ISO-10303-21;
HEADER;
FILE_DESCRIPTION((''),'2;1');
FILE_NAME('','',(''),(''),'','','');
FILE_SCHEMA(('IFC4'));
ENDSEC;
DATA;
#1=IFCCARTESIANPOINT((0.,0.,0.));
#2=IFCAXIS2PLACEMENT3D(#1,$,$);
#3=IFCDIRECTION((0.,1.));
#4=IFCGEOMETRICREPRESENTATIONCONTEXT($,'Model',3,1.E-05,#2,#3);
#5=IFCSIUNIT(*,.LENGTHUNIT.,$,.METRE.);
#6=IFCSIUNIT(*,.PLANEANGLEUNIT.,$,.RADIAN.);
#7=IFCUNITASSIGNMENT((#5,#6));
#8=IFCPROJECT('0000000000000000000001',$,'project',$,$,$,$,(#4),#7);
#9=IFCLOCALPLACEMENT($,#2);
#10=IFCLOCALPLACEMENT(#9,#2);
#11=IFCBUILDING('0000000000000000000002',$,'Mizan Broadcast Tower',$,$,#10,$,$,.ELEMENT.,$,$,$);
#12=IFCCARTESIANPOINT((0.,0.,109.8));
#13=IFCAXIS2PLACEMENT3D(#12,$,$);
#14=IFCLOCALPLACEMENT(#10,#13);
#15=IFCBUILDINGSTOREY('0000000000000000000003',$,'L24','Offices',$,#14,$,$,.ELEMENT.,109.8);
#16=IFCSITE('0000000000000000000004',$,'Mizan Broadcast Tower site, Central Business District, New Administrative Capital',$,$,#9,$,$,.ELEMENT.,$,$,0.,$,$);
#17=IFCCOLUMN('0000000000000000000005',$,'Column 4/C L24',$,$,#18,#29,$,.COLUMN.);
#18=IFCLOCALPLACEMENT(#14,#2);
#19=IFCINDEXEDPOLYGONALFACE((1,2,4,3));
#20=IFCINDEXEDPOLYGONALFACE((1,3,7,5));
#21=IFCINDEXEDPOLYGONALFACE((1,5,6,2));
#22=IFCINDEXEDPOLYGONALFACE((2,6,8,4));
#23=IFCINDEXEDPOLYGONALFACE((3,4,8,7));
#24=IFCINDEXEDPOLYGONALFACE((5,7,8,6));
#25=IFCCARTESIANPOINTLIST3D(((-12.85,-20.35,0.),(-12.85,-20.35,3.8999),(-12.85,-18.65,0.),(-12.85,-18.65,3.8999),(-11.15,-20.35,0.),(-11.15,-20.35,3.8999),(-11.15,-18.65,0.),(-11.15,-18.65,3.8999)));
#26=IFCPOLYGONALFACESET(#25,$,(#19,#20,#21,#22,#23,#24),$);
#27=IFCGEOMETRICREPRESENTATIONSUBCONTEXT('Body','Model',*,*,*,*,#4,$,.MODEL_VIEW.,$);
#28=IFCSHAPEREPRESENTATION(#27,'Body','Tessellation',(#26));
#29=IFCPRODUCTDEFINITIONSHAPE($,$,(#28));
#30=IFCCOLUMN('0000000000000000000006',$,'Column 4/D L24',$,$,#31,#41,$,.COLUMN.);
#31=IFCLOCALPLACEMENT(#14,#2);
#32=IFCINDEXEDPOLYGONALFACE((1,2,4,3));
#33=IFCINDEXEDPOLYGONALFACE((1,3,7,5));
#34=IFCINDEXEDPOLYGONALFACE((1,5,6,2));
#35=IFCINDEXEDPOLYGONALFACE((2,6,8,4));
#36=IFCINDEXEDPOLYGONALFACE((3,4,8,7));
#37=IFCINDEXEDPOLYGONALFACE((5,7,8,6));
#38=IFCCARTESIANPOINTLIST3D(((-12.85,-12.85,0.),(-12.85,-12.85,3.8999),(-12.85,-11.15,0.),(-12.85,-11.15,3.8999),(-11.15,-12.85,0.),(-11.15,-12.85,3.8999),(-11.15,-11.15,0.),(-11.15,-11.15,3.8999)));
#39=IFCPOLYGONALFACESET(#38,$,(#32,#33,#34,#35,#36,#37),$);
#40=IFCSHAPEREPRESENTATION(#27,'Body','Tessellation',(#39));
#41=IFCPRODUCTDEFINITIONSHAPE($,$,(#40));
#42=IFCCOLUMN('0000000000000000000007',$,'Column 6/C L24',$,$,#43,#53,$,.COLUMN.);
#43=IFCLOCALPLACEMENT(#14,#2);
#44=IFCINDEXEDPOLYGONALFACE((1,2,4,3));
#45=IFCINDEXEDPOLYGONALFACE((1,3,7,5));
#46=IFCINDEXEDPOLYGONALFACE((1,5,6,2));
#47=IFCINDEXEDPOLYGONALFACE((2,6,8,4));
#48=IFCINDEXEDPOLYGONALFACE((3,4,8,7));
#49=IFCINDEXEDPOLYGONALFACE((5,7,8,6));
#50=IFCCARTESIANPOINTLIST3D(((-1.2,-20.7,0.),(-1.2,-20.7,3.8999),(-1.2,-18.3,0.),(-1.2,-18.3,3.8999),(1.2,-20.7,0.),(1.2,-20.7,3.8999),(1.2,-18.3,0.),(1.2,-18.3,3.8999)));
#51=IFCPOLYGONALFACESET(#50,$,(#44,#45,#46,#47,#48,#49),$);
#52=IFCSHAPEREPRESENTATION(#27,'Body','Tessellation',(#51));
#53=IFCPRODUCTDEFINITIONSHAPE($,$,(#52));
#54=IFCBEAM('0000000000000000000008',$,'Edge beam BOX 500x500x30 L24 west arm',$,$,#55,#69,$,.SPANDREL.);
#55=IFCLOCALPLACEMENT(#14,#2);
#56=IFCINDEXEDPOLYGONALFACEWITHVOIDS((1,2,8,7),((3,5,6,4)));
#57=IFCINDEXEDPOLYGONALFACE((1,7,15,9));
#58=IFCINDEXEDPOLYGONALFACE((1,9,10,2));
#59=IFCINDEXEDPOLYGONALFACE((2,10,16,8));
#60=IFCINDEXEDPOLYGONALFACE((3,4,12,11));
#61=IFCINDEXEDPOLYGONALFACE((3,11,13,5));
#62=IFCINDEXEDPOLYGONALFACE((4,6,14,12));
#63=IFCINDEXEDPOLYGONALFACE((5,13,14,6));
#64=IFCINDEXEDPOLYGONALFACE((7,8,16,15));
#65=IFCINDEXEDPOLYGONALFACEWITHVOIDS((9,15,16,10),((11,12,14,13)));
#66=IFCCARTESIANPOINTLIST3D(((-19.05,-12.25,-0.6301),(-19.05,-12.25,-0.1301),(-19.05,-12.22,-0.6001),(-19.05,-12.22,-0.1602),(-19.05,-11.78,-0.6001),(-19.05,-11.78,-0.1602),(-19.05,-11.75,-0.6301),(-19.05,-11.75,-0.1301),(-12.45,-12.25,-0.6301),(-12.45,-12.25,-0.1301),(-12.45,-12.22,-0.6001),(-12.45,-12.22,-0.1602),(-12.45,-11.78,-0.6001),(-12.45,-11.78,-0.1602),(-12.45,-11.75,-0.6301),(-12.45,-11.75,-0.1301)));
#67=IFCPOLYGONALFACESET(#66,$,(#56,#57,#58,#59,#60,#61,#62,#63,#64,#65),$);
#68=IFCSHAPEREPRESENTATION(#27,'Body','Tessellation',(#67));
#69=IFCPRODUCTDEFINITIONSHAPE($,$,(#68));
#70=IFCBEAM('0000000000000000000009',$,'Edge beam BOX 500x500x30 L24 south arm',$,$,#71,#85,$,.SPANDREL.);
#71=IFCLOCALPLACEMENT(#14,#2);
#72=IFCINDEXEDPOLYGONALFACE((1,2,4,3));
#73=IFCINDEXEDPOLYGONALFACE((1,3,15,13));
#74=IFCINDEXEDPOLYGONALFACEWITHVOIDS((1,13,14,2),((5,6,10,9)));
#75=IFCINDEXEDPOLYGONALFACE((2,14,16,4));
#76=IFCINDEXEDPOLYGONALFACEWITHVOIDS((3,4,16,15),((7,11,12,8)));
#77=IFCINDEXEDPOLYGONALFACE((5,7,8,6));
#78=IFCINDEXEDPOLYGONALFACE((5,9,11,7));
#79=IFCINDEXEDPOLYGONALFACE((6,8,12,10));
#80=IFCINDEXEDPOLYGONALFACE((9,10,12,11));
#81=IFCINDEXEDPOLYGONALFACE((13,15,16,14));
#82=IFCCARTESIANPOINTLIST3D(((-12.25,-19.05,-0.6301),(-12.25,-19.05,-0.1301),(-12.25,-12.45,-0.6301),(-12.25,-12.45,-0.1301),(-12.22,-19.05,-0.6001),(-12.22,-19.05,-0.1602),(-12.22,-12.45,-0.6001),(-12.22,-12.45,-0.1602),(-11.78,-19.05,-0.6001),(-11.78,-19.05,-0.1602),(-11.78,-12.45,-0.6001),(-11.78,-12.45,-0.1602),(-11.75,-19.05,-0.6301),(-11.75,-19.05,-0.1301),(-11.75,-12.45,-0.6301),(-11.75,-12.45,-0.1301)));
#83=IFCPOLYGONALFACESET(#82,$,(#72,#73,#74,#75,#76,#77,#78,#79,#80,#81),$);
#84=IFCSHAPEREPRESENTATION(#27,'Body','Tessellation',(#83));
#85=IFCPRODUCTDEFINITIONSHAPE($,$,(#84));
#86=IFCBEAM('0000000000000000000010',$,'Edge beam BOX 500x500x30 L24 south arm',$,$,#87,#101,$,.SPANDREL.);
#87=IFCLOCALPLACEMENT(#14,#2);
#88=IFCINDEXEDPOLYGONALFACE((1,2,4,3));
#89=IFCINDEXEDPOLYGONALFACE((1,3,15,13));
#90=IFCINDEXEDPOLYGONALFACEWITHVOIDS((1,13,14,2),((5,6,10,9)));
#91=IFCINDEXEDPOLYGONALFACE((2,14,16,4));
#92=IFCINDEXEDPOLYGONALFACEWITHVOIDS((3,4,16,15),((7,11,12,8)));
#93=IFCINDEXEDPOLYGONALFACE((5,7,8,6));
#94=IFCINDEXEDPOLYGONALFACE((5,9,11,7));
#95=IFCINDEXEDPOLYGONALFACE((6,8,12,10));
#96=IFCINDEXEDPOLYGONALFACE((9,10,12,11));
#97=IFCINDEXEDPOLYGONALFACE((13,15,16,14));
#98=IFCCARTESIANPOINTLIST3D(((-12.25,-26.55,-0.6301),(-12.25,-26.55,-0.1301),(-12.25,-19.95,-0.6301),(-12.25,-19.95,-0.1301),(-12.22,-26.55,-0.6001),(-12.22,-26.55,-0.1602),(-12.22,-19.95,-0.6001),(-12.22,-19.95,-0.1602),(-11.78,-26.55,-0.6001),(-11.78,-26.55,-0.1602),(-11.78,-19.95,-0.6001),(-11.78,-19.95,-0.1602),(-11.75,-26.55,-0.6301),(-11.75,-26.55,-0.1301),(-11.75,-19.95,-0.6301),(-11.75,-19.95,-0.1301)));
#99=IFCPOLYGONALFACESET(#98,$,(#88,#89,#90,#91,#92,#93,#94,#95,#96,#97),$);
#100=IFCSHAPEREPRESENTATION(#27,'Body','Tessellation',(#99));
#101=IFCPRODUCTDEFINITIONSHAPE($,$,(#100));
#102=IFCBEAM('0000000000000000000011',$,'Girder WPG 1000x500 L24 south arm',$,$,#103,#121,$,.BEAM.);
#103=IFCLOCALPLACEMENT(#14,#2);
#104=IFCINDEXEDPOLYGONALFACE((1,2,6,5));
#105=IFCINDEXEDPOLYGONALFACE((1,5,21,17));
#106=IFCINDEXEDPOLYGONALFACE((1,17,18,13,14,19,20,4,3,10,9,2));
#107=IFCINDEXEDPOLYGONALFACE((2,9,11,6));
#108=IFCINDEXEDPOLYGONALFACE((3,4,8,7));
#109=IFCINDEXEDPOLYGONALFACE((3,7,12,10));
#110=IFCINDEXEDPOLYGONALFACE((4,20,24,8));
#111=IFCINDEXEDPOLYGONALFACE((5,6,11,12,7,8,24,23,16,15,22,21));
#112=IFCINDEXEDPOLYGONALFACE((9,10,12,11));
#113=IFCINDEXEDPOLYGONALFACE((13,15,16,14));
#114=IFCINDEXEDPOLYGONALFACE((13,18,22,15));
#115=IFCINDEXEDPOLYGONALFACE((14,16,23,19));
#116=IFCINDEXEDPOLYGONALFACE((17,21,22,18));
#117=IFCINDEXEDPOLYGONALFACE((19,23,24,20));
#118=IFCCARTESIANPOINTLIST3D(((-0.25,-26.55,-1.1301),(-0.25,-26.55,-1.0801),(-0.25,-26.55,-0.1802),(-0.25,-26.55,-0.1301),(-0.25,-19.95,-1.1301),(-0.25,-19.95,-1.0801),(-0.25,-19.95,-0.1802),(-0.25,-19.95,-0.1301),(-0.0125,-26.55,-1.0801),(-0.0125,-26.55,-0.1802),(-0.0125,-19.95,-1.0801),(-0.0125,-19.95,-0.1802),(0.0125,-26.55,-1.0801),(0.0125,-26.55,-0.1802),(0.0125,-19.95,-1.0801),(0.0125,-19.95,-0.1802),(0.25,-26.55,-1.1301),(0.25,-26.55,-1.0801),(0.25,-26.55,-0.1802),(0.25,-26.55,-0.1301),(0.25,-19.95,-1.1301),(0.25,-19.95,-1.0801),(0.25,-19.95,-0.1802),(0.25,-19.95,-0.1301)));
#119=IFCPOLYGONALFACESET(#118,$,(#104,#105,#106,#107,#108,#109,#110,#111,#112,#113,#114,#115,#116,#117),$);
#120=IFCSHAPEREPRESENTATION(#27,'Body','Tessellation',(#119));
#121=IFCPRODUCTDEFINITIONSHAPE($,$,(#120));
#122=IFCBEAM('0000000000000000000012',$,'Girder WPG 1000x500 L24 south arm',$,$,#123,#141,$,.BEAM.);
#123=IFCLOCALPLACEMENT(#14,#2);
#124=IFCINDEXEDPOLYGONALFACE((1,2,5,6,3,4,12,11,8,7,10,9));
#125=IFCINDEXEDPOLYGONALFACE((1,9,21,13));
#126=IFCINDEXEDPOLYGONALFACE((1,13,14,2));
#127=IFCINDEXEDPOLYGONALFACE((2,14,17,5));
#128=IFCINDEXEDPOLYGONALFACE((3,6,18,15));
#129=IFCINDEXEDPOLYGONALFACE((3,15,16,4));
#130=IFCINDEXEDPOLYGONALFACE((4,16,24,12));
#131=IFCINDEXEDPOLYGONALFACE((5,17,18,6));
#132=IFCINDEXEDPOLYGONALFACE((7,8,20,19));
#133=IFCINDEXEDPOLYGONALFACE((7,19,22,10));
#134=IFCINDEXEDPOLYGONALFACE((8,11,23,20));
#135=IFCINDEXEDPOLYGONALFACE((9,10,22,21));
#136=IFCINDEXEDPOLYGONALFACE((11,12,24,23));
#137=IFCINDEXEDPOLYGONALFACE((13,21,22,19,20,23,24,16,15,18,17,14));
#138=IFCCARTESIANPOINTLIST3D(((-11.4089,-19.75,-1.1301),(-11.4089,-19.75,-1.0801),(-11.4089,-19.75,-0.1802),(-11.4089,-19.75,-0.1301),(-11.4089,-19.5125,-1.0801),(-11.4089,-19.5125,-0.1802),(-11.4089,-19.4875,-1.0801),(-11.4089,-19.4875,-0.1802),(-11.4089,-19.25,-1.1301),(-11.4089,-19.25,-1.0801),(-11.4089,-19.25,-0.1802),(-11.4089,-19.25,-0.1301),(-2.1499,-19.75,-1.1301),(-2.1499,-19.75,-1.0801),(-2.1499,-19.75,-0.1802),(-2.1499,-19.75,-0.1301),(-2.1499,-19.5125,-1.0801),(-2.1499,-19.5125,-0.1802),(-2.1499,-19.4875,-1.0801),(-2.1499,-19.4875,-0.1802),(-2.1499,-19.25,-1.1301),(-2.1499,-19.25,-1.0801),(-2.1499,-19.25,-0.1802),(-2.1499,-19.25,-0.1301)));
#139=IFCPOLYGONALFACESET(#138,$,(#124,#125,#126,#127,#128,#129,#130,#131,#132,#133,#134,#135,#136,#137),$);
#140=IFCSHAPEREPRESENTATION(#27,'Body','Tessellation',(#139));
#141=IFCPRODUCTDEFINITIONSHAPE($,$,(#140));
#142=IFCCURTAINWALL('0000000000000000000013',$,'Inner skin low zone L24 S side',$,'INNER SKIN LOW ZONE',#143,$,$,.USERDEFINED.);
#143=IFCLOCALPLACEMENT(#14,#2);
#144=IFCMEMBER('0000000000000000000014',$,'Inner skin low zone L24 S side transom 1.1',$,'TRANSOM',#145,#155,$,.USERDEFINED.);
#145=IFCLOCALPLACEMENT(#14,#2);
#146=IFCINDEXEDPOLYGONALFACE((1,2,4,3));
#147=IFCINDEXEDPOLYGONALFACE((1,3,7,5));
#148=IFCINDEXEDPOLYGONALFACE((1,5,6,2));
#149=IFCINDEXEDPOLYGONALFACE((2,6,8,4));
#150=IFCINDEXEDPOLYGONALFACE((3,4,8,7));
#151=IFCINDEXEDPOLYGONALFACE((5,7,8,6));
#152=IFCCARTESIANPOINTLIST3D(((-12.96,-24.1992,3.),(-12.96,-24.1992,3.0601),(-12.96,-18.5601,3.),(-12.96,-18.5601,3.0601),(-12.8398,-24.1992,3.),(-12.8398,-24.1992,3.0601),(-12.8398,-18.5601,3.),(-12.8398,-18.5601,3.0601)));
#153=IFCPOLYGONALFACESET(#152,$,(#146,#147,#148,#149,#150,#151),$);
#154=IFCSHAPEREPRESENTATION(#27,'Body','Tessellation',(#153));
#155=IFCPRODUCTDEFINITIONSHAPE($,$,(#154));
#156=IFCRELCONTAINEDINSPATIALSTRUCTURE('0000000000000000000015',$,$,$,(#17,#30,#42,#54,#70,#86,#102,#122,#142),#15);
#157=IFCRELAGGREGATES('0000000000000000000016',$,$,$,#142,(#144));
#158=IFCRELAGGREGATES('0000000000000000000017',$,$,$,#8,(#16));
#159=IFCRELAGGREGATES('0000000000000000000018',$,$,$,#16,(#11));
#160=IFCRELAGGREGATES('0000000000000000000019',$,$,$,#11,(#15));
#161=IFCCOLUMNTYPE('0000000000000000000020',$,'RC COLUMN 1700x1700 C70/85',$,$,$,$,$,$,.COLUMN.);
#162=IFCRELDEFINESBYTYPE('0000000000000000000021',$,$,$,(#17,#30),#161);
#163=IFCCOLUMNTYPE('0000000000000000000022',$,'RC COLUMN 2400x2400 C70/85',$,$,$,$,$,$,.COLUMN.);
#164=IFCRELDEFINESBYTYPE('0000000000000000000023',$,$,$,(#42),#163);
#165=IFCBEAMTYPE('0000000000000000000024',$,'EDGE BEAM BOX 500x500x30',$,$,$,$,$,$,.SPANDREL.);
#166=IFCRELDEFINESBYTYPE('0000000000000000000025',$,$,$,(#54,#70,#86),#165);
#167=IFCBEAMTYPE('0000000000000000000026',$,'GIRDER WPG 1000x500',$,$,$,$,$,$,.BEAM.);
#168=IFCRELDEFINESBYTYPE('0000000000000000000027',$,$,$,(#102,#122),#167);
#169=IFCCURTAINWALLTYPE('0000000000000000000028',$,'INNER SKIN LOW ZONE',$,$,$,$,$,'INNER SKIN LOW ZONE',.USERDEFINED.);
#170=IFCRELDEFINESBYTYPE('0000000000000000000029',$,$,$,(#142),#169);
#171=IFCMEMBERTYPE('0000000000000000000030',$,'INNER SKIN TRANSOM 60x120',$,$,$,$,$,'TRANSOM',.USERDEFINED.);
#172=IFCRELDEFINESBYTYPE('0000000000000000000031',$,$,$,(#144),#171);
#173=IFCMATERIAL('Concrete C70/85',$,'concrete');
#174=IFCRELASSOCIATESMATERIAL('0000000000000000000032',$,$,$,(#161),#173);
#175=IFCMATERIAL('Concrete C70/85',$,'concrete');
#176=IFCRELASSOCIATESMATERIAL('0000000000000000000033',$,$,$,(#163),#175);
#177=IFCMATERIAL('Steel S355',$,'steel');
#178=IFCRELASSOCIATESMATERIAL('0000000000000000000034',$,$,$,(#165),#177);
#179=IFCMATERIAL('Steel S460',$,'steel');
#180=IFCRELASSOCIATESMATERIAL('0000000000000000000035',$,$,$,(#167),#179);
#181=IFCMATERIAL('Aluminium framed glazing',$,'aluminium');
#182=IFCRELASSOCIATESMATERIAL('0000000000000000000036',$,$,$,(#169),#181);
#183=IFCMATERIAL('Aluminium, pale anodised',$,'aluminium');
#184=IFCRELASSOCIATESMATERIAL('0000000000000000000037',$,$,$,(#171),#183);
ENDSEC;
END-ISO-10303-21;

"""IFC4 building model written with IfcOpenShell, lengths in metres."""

from ifc_helpers import new_model, si_unit, direction, frame, origin, origin_2d, place, context, subcontext, project, spatial, rectangle, hollow_rectangle, i_section, extrude, material, material_profile, profile_set, type_object, element, aggregate, save


model = new_model("IFC4")

# Units and contexts
model_context = context("Model", 3, precision=1e-05, world=origin(), true_north=direction((0.0, 1.0)))
body_context = subcontext(model_context, "Body", "Model", "MODEL_VIEW")
ifc_project = project(units=[si_unit("LENGTHUNIT", "METRE"), si_unit("PLANEANGLEUNIT", "RADIAN")], contexts=[model_context])

# Site, building, storey
site_placement = place(None, origin())
site = spatial("IfcSite", under=ifc_project, at=site_placement, Name="Mizan Broadcast Tower site, Central Business District, New Administrative Capital", CompositionType="ELEMENT", RefElevation=0.0)
building_placement = place(site_placement, origin())
building = spatial("IfcBuilding", under=site, at=building_placement, Name="Mizan Broadcast Tower", CompositionType="ELEMENT")
storey_placement = place(building_placement, frame((0.0, 0.0, 109.8)))
storey = spatial("IfcBuildingStorey", under=building, at=storey_placement, Name="L24", Description="Offices", CompositionType="ELEMENT", Elevation=109.8)

# Columns
ifc_material_1 = material(Name="Concrete C70/85", Category="concrete")
ifc_material_profile_1 = material_profile(ifc_material_1, rectangle(XDim=1.7, YDim=1.7, at=origin_2d()), Name="RC 1700x1700")
ifc_profile_set_1 = profile_set([ifc_material_profile_1], Name="Concrete C70/85")
column_type_1 = type_object("IfcColumnType", Name="RC COLUMN 1700x1700 C70/85", PredefinedType="COLUMN", material=ifc_profile_set_1)
for number, where, z_axis, x_axis, name in (
    (1, (-12.0, -19.5, 0.0), (0.0, 0.0, 1.0), (1.0, 0.0, 0.0), "Column 4/C L24"),
    (2, (-12.0, -12.0, 0.0), (0.0, 0.0, 1.0), (1.0, 0.0, 0.0), "Column 4/D L24"),
):
    element("IfcColumn", number, at=place(storey_placement, frame(where, z_axis=z_axis, x_axis=x_axis)), inside=storey, type_object=column_type_1, Name=name, PredefinedType="COLUMN", context=body_context, shape_type="SweptSolid", body=[
        extrude(rectangle(XDim=1.7, YDim=1.7, at=origin_2d()), origin(), (0.0, 0.0, 1.0), 3.8999),
    ])
ifc_material_2 = material(Name="Concrete C70/85", Category="concrete")
ifc_material_profile_2 = material_profile(ifc_material_2, rectangle(XDim=2.3999, YDim=2.3999, at=origin_2d()), Name="RC 2400x2400")
ifc_profile_set_2 = profile_set([ifc_material_profile_2], Name="Concrete C70/85")
column_type_2 = type_object("IfcColumnType", Name="RC COLUMN 2400x2400 C70/85", PredefinedType="COLUMN", material=ifc_profile_set_2)
column_placement = place(storey_placement, frame((0.0, -19.5, 0.0), z_axis=(0.0, 0.0, 1.0), x_axis=(1.0, 0.0, 0.0)))
element("IfcColumn", 3, at=column_placement, inside=storey, type_object=column_type_2, Name="Column 6/C L24", PredefinedType="COLUMN", context=body_context, shape_type="SweptSolid", body=[
    extrude(rectangle(XDim=2.3999, YDim=2.3999, at=origin_2d()), origin(), (0.0, 0.0, 1.0), 3.8999),
])

# Beams
ifc_material_3 = material(Name="Steel S355", Category="steel")
ifc_material_profile_3 = material_profile(ifc_material_3, hollow_rectangle(XDim=0.5, YDim=0.5, WallThickness=0.03, at=origin_2d()), Name="BOX 500x500x30")
ifc_profile_set_3 = profile_set([ifc_material_profile_3], Name="Steel S355")
beam_type_1 = type_object("IfcBeamType", Name="EDGE BEAM BOX 500x500x30", PredefinedType="SPANDREL", material=ifc_profile_set_3)
for number, where, z_axis, x_axis, name in (
    (4, (-12.45, -12.0, -0.3801), (-1.0, 0.0, 0.0), (0.0, -1.0, 0.0), "Edge beam BOX 500x500x30 L24 west arm"),
    (5, (-12.0, -12.45, -0.3801), (0.0, -1.0, 0.0), (1.0, 0.0, 0.0), "Edge beam BOX 500x500x30 L24 south arm"),
    (6, (-12.0, -19.95, -0.3801), (0.0, -1.0, 0.0), (1.0, 0.0, 0.0), "Edge beam BOX 500x500x30 L24 south arm"),
):
    element("IfcBeam", number, at=place(storey_placement, frame(where, z_axis=z_axis, x_axis=x_axis)), inside=storey, type_object=beam_type_1, Name=name, PredefinedType="SPANDREL", context=body_context, shape_type="SweptSolid", body=[
        extrude(hollow_rectangle(XDim=0.5, YDim=0.5, WallThickness=0.03, at=origin_2d()), origin(), (0.0, 0.0, 1.0), 6.6001),
    ])
ifc_material_4 = material(Name="Steel S460", Category="steel")
ifc_material_profile_4 = material_profile(ifc_material_4, i_section(OverallWidth=0.5, OverallDepth=1.0, WebThickness=0.0249, FlangeThickness=0.05, at=origin_2d()), Name="WPG 1000x500")
ifc_profile_set_4 = profile_set([ifc_material_profile_4], Name="Steel S460")
beam_type_2 = type_object("IfcBeamType", Name="GIRDER WPG 1000x500", PredefinedType="BEAM", material=ifc_profile_set_4)
beam_1_placement = place(storey_placement, frame((0.0, -19.95, -0.6301), z_axis=(0.0, -1.0, 0.0), x_axis=(1.0, 0.0, 0.0)))
element("IfcBeam", 7, at=beam_1_placement, inside=storey, type_object=beam_type_2, Name="Girder WPG 1000x500 L24 south arm", PredefinedType="BEAM", context=body_context, shape_type="SweptSolid", body=[
    extrude(i_section(OverallWidth=0.5, OverallDepth=1.0, WebThickness=0.0249, FlangeThickness=0.05, at=origin_2d()), origin(), (0.0, 0.0, 1.0), 6.6001),
])
beam_2_placement = place(storey_placement, frame((-11.4089, -19.5, -0.6301), z_axis=(1.0, 0.0, 0.0), x_axis=(0.0, 1.0, 0.0)))
element("IfcBeam", 8, at=beam_2_placement, inside=storey, type_object=beam_type_2, Name="Girder WPG 1000x500 L24 south arm", PredefinedType="BEAM", context=body_context, shape_type="SweptSolid", body=[
    extrude(i_section(OverallWidth=0.5, OverallDepth=1.0, WebThickness=0.0249, FlangeThickness=0.05, at=origin_2d()), origin(), (0.0, 0.0, 1.0), 9.259),
])

# Curtain wall, member
ifc_material_5 = material(Name="Aluminium framed glazing", Category="aluminium")
curtain_wall_type = type_object("IfcCurtainWallType", Name="INNER SKIN LOW ZONE", ElementType="INNER SKIN LOW ZONE", PredefinedType="USERDEFINED", material=ifc_material_5)
curtain_wall_placement = place(storey_placement, origin())
curtain_wall = element("IfcCurtainWall", 9, at=curtain_wall_placement, inside=storey, type_object=curtain_wall_type, Name="Inner skin low zone L24 S side", ObjectType="INNER SKIN LOW ZONE", PredefinedType="USERDEFINED")
ifc_material_6 = material(Name="Aluminium, pale anodised", Category="aluminium")
ifc_material_profile_5 = material_profile(ifc_material_6, rectangle(XDim=0.1201, YDim=0.0601, at=origin_2d()), Name="TRANSOM 120x60")
ifc_profile_set_5 = profile_set([ifc_material_profile_5], Name="Aluminium, pale anodised")
member_type = type_object("IfcMemberType", Name="INNER SKIN TRANSOM 60x120", ElementType="TRANSOM", PredefinedType="USERDEFINED", material=ifc_profile_set_5)
member_placement = place(storey_placement, frame((-12.8999, -18.5601, 3.03), z_axis=(0.0, -1.0, 0.0), x_axis=(1.0, 0.0, 0.0)))
member = element("IfcMember", 10, at=member_placement, type_object=member_type, Name="Inner skin low zone L24 S side transom 1.1", ObjectType="TRANSOM", PredefinedType="USERDEFINED", context=body_context, shape_type="SweptSolid", body=[
    extrude(rectangle(XDim=0.1201, YDim=0.0601, at=origin_2d()), origin(), (0.0, 0.0, 1.0), 5.6392),
])

aggregate(curtain_wall, [member])

save(model, "model.ifc")
